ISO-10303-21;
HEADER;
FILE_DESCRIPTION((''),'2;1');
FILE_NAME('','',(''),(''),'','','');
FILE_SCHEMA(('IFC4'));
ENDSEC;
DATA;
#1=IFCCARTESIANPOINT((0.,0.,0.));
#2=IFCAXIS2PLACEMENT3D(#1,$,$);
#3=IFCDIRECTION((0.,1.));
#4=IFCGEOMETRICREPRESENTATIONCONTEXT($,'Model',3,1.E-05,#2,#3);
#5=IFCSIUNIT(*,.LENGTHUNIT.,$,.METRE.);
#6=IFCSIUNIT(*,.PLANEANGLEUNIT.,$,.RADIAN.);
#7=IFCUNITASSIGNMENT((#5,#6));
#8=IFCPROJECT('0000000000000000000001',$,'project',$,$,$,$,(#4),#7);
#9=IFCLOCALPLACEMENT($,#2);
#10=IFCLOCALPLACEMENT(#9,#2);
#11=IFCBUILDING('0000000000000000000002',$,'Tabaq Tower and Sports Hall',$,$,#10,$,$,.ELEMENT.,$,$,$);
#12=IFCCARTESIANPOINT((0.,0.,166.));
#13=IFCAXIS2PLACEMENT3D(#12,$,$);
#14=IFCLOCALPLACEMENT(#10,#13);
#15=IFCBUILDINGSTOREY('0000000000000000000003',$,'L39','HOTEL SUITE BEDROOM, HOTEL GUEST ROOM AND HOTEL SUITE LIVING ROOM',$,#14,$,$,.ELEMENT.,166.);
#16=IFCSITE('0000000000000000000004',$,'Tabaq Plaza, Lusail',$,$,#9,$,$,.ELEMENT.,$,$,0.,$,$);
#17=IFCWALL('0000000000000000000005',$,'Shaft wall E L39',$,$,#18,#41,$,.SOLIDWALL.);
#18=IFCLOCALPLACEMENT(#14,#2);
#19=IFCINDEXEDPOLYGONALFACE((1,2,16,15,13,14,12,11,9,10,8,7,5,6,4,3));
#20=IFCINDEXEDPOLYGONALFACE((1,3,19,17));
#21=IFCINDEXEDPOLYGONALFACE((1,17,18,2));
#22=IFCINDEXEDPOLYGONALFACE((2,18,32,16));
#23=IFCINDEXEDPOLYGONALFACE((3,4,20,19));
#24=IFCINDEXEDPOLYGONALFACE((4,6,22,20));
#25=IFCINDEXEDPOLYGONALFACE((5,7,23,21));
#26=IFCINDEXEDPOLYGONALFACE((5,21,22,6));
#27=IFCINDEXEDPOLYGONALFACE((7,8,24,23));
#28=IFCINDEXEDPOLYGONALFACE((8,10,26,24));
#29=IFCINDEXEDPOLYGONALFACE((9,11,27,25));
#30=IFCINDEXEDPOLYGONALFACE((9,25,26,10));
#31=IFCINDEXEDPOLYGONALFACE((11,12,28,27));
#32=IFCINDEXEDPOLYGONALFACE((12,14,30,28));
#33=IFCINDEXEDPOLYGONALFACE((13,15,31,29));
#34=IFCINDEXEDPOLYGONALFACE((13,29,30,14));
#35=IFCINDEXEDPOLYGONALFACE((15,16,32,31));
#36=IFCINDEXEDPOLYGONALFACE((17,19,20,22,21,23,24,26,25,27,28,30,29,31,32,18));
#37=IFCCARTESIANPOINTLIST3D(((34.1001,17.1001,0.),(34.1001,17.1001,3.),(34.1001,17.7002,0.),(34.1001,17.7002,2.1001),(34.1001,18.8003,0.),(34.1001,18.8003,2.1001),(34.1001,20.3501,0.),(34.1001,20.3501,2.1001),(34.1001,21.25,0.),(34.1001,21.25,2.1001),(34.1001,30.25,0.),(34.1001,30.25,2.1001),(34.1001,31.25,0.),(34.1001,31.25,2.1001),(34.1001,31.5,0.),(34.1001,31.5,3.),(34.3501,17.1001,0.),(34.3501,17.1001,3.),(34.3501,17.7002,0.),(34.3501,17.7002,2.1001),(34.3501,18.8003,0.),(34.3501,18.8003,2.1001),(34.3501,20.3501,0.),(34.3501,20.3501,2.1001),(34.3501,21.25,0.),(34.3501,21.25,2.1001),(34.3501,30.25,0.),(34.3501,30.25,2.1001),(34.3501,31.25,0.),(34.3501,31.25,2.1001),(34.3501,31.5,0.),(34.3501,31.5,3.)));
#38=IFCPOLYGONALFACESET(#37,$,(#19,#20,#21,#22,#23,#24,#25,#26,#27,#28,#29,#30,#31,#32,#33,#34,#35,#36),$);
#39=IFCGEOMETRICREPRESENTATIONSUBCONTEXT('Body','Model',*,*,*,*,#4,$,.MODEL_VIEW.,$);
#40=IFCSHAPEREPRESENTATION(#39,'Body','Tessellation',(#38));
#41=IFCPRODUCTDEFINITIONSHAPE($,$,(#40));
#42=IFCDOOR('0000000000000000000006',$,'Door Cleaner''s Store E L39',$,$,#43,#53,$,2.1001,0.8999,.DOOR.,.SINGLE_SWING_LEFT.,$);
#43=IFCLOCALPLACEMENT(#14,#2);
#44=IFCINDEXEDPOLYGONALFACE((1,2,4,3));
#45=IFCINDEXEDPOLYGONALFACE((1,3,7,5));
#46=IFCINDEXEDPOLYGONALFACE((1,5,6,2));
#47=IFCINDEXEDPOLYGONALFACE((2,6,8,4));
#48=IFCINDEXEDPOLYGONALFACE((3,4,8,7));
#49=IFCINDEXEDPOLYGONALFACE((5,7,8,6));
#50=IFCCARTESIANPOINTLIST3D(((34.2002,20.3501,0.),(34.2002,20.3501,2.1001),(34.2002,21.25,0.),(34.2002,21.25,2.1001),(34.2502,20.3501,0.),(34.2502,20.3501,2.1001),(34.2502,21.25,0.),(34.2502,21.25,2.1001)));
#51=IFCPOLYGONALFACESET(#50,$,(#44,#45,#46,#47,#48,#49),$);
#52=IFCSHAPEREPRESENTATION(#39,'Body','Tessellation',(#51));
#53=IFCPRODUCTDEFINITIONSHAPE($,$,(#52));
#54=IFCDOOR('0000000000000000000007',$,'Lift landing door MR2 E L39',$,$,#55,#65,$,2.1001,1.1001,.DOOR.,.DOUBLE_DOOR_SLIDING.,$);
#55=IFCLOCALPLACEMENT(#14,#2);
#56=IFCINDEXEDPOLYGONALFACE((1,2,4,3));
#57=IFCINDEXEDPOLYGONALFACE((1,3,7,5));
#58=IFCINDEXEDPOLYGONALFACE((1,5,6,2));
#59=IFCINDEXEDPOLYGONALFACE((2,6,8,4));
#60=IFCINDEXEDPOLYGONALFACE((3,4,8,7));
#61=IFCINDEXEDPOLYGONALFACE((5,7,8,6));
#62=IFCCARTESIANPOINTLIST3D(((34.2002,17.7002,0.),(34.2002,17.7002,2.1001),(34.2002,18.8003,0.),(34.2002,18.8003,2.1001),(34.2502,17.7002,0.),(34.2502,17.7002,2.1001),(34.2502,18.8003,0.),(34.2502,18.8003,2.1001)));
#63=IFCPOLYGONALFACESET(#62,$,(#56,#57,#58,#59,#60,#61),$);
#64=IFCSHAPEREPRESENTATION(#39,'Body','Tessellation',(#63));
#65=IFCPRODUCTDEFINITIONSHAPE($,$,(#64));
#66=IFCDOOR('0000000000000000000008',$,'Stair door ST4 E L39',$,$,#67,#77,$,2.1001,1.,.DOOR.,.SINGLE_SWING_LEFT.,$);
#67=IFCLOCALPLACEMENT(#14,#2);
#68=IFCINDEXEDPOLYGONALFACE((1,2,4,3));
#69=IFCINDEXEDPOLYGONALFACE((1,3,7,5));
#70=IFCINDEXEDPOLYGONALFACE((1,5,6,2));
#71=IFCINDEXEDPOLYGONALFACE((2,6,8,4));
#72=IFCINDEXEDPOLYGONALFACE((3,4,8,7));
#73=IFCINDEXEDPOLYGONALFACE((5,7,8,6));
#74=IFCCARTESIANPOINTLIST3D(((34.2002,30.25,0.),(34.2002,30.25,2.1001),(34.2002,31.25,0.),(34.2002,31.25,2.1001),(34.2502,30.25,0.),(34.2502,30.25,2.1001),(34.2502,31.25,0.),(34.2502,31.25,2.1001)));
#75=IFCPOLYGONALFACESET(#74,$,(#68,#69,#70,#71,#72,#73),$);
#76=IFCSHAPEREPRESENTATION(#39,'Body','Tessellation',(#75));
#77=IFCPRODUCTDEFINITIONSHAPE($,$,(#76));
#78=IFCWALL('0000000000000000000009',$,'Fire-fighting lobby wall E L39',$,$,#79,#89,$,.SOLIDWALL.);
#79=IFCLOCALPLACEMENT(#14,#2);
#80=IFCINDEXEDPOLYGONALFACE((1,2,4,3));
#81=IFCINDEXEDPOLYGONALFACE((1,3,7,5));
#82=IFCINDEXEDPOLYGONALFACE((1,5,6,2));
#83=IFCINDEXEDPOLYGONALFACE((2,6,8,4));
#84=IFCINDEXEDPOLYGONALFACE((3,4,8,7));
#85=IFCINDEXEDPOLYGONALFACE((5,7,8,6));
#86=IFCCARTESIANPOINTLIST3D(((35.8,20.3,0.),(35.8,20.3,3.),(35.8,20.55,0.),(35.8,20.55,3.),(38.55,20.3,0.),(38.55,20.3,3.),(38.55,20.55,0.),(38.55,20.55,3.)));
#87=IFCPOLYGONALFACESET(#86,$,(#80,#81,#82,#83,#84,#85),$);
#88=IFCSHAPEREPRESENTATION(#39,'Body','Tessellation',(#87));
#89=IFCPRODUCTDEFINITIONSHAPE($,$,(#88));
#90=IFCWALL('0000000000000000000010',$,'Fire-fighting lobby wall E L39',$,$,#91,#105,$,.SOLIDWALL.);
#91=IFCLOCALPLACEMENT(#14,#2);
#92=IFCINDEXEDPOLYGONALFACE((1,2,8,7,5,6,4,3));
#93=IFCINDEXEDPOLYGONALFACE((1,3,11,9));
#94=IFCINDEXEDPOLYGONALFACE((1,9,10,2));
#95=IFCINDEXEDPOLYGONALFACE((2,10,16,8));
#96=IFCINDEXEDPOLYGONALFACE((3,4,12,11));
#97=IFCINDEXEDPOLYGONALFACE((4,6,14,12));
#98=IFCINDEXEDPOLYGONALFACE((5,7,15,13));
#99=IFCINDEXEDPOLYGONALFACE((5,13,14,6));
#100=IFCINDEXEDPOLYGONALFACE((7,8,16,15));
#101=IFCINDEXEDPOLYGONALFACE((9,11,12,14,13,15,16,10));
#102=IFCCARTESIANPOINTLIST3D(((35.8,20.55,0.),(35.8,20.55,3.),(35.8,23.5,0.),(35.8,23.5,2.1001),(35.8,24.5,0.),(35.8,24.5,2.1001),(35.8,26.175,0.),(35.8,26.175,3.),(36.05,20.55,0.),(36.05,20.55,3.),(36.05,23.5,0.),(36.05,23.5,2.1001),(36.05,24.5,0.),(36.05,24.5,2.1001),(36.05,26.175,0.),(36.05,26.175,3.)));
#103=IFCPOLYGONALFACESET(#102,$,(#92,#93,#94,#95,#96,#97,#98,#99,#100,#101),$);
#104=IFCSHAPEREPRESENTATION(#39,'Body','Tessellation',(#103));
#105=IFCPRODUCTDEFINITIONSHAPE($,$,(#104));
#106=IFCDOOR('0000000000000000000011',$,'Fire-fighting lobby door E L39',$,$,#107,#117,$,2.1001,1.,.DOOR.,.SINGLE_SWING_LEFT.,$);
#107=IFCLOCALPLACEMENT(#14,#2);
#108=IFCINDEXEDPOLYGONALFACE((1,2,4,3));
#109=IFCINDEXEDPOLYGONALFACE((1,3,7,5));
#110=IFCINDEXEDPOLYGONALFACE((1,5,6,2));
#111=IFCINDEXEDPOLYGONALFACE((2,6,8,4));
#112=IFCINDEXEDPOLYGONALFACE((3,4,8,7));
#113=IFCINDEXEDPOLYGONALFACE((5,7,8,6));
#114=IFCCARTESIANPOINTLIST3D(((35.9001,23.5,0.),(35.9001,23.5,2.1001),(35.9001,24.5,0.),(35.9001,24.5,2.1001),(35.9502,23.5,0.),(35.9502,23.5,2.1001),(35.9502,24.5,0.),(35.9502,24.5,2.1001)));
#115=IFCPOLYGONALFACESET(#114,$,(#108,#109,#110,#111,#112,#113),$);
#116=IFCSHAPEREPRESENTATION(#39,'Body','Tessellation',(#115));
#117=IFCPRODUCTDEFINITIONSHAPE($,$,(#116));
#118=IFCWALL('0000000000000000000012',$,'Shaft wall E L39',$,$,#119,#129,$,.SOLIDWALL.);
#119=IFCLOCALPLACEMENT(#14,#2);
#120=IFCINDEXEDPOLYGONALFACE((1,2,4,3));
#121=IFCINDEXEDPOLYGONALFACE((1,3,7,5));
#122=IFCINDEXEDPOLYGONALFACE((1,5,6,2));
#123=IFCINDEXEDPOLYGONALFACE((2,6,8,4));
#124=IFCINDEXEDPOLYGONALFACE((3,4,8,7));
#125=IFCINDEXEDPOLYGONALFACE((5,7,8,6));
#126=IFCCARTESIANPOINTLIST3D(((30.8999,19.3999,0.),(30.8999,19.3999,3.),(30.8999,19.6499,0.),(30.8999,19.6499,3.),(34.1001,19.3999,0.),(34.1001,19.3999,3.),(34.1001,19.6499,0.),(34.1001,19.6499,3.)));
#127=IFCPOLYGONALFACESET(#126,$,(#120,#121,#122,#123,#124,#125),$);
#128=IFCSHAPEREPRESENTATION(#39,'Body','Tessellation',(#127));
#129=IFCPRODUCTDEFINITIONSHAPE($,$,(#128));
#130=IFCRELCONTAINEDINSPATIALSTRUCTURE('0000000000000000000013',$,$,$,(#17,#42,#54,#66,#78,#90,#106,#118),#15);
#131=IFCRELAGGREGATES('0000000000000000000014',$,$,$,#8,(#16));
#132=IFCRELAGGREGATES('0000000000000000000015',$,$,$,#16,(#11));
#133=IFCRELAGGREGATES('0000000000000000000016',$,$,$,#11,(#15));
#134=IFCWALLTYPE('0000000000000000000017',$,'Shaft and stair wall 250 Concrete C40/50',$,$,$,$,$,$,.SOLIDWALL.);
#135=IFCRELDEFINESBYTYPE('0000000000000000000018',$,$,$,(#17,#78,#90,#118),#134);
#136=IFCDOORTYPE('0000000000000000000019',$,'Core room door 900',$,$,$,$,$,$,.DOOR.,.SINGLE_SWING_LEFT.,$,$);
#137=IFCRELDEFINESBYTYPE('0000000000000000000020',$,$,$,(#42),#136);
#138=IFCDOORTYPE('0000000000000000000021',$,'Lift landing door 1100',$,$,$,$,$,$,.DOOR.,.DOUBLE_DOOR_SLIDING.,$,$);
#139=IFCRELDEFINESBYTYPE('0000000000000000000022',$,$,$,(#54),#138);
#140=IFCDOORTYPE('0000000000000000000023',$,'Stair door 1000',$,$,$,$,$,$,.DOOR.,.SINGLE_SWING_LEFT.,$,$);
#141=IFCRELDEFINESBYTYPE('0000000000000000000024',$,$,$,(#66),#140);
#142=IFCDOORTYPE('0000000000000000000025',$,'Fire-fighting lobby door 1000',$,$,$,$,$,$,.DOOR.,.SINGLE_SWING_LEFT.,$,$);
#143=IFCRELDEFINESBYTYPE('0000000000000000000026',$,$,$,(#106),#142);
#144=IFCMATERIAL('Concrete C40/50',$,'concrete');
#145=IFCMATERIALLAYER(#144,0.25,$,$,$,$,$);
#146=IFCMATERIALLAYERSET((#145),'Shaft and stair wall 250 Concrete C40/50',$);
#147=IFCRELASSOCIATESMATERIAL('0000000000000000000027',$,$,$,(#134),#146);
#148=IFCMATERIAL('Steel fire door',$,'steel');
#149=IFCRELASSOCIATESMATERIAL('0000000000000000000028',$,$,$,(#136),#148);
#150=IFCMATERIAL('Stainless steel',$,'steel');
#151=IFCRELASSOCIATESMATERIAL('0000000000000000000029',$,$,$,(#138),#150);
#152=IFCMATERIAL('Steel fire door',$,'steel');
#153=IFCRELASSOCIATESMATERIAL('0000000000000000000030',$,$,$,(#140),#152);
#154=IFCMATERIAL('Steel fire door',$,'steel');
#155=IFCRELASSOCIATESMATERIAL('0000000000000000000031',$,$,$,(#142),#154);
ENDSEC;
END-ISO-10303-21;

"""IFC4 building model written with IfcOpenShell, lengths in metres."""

from ifc_helpers import new_model, si_unit, direction, frame, frame_2d, origin, place, context, subcontext, project, spatial, rectangle, extrude, material, layer, layer_set, type_object, element, fill, save


model = new_model("IFC4")

# Units and contexts
model_context = context("Model", 3, precision=1e-05, world=origin(), true_north=direction((0.0, 1.0)))
body_context = subcontext(model_context, "Body", "Model", "MODEL_VIEW")
ifc_project = project(units=[si_unit("LENGTHUNIT", "METRE"), si_unit("PLANEANGLEUNIT", "RADIAN")], contexts=[model_context])

# Site, building, storey
site_placement = place(None, origin())
site = spatial("IfcSite", under=ifc_project, at=site_placement, Name="Tabaq Plaza, Lusail", CompositionType="ELEMENT", RefElevation=0.0)
building_placement = place(site_placement, origin())
building = spatial("IfcBuilding", under=site, at=building_placement, Name="Tabaq Tower and Sports Hall", CompositionType="ELEMENT")
storey_placement = place(building_placement, frame((0.0, 0.0, 166.0)))
storey = spatial("IfcBuildingStorey", under=building, at=storey_placement, Name="L39", Description="HOTEL SUITE BEDROOM, HOTEL GUEST ROOM AND HOTEL SUITE LIVING ROOM", CompositionType="ELEMENT", Elevation=166.0)

# Wall, openings, doors
ifc_material_1 = material(Name="Concrete C40/50", Category="concrete")
ifc_layer_1 = layer(ifc_material_1, 0.25)
ifc_layer_set_1 = layer_set([ifc_layer_1], Name="Shaft and stair wall 250 Concrete C40/50")
wall_type_1 = type_object("IfcWallType", Name="Shaft and stair wall 250 Concrete C40/50", PredefinedType="SOLIDWALL", material=ifc_layer_set_1)
wall_1_placement = place(storey_placement, frame((34.2251, 17.1001, 0.0), z_axis=(0.0, 0.0, 1.0), x_axis=(0.0, 1.0, 0.0)))
wall_1 = element("IfcWall", 1, at=wall_1_placement, inside=storey, type_object=wall_type_1, Name="Shaft wall E L39", PredefinedType="SOLIDWALL", context=body_context, shape_type="SweptSolid", body=[
    extrude(rectangle(XDim=14.3999, YDim=0.25, at=frame_2d((7.2, 0.0))), origin(), (0.0, 0.0, 1.0), 3.0),
])
opening_1_placement = place(wall_1_placement, frame((13.1499, 0.0, 0.0)))
opening_1 = element("IfcOpeningElement", 2, at=opening_1_placement, cuts=wall_1, PredefinedType="OPENING", context=body_context, shape_type="SweptSolid", body=[
    extrude(rectangle(XDim=1.0, YDim=2.1001, at=frame_2d((0.5, 1.05))), frame((0.0, 0.125, 0.0), z_axis=(0.0, -1.0, 0.0), x_axis=(1.0, 0.0, 0.0)), (0.0, 0.0, 1.0), 0.25),
])
opening_2_placement = place(wall_1_placement, frame((0.6001, 0.0, 0.0)))
opening_2 = element("IfcOpeningElement", 3, at=opening_2_placement, cuts=wall_1, PredefinedType="OPENING", context=body_context, shape_type="SweptSolid", body=[
    extrude(rectangle(XDim=1.1001, YDim=2.1001, at=frame_2d((0.55, 1.05))), frame((0.0, 0.125, 0.0), z_axis=(0.0, -1.0, 0.0), x_axis=(1.0, 0.0, 0.0)), (0.0, 0.0, 1.0), 0.25),
])
opening_3_placement = place(wall_1_placement, frame((3.25, 0.0, 0.0)))
opening_3 = element("IfcOpeningElement", 4, at=opening_3_placement, cuts=wall_1, PredefinedType="OPENING", context=body_context, shape_type="SweptSolid", body=[
    extrude(rectangle(XDim=0.8999, YDim=2.1001, at=frame_2d((0.45, 1.05))), frame((0.0, 0.125, 0.0), z_axis=(0.0, -1.0, 0.0), x_axis=(1.0, 0.0, 0.0)), (0.0, 0.0, 1.0), 0.25),
])
ifc_material_2 = material(Name="Steel fire door", Category="steel")
door_type_1 = type_object("IfcDoorType", Name="Core room door 900", OperationType="SINGLE_SWING_LEFT", PredefinedType="DOOR", material=ifc_material_2)
door_1_placement = place(opening_3_placement, origin())
door_1 = element("IfcDoor", 5, at=door_1_placement, inside=storey, type_object=door_type_1, Name="Door Cleaner's Store E L39", OperationType="SINGLE_SWING_LEFT", OverallHeight=2.1001, OverallWidth=0.8999, PredefinedType="DOOR", context=body_context, shape_type="SweptSolid", body=[
    extrude(rectangle(XDim=0.8999, YDim=2.1001, at=frame_2d((0.45, 1.05))), frame((0.0, 0.0249, 0.0), z_axis=(0.0, -1.0, 0.0), x_axis=(1.0, 0.0, 0.0)), (0.0, 0.0, 1.0), 0.05),
])
fill(opening_3, door_1)
ifc_material_3 = material(Name="Stainless steel", Category="steel")
door_type_2 = type_object("IfcDoorType", Name="Lift landing door 1100", OperationType="DOUBLE_DOOR_SLIDING", PredefinedType="DOOR", material=ifc_material_3)
door_2_placement = place(opening_2_placement, origin())
door_2 = element("IfcDoor", 6, at=door_2_placement, inside=storey, type_object=door_type_2, Name="Lift landing door MR2 E L39", OperationType="DOUBLE_DOOR_SLIDING", OverallHeight=2.1001, OverallWidth=1.1001, PredefinedType="DOOR", context=body_context, shape_type="SweptSolid", body=[
    extrude(rectangle(XDim=1.1001, YDim=2.1001, at=frame_2d((0.55, 1.05))), frame((0.0, 0.0249, 0.0), z_axis=(0.0, -1.0, 0.0), x_axis=(1.0, 0.0, 0.0)), (0.0, 0.0, 1.0), 0.05),
])
fill(opening_2, door_2)
ifc_material_4 = material(Name="Steel fire door", Category="steel")
door_type_3 = type_object("IfcDoorType", Name="Stair door 1000", OperationType="SINGLE_SWING_LEFT", PredefinedType="DOOR", material=ifc_material_4)
door_3_placement = place(opening_1_placement, origin())
door_3 = element("IfcDoor", 7, at=door_3_placement, inside=storey, type_object=door_type_3, Name="Stair door ST4 E L39", OperationType="SINGLE_SWING_LEFT", OverallHeight=2.1001, OverallWidth=1.0, PredefinedType="DOOR", context=body_context, shape_type="SweptSolid", body=[
    extrude(rectangle(XDim=1.0, YDim=2.1001, at=frame_2d((0.5, 1.05))), frame((0.0, 0.0249, 0.0), z_axis=(0.0, -1.0, 0.0), x_axis=(1.0, 0.0, 0.0)), (0.0, 0.0, 1.0), 0.05),
])
fill(opening_1, door_3)

# Wall
wall_2_placement = place(storey_placement, frame((35.8, 20.425, 0.0), z_axis=(0.0, 0.0, 1.0), x_axis=(1.0, 0.0, 0.0)))
element("IfcWall", 8, at=wall_2_placement, inside=storey, type_object=wall_type_1, Name="Fire-fighting lobby wall E L39", PredefinedType="SOLIDWALL", context=body_context, shape_type="SweptSolid", body=[
    extrude(rectangle(XDim=2.75, YDim=0.25, at=frame_2d((1.375, 0.0))), origin(), (0.0, 0.0, 1.0), 3.0),
])

# Wall, opening, door
wall_3_placement = place(storey_placement, frame((35.925, 20.55, 0.0), z_axis=(0.0, 0.0, 1.0), x_axis=(0.0, 1.0, 0.0)))
wall_3 = element("IfcWall", 9, at=wall_3_placement, inside=storey, type_object=wall_type_1, Name="Fire-fighting lobby wall E L39", PredefinedType="SOLIDWALL", context=body_context, shape_type="SweptSolid", body=[
    extrude(rectangle(XDim=5.625, YDim=0.25, at=frame_2d((2.8125, 0.0))), origin(), (0.0, 0.0, 1.0), 3.0),
])
opening_4_placement = place(wall_3_placement, frame((2.95, 0.0, 0.0)))
opening_4 = element("IfcOpeningElement", 10, at=opening_4_placement, cuts=wall_3, PredefinedType="OPENING", context=body_context, shape_type="SweptSolid", body=[
    extrude(rectangle(XDim=1.0, YDim=2.1001, at=frame_2d((0.5, 1.05))), frame((0.0, 0.125, 0.0), z_axis=(0.0, -1.0, 0.0), x_axis=(1.0, 0.0, 0.0)), (0.0, 0.0, 1.0), 0.25),
])
ifc_material_5 = material(Name="Steel fire door", Category="steel")
door_type_4 = type_object("IfcDoorType", Name="Fire-fighting lobby door 1000", OperationType="SINGLE_SWING_LEFT", PredefinedType="DOOR", material=ifc_material_5)
door_4_placement = place(opening_4_placement, origin())
door_4 = element("IfcDoor", 11, at=door_4_placement, inside=storey, type_object=door_type_4, Name="Fire-fighting lobby door E L39", OperationType="SINGLE_SWING_LEFT", OverallHeight=2.1001, OverallWidth=1.0, PredefinedType="DOOR", context=body_context, shape_type="SweptSolid", body=[
    extrude(rectangle(XDim=1.0, YDim=2.1001, at=frame_2d((0.5, 1.05))), frame((0.0, 0.0249, 0.0), z_axis=(0.0, -1.0, 0.0), x_axis=(1.0, 0.0, 0.0)), (0.0, 0.0, 1.0), 0.05),
])
fill(opening_4, door_4)

# Wall
wall_4_placement = place(storey_placement, frame((30.8999, 19.5249, 0.0), z_axis=(0.0, 0.0, 1.0), x_axis=(1.0, 0.0, 0.0)))
element("IfcWall", 12, at=wall_4_placement, inside=storey, type_object=wall_type_1, Name="Shaft wall E L39", PredefinedType="SOLIDWALL", context=body_context, shape_type="SweptSolid", body=[
    extrude(rectangle(XDim=3.2002, YDim=0.25, at=frame_2d((1.6001, 0.0))), origin(), (0.0, 0.0, 1.0), 3.0),
])

save(model, "model.ifc")
